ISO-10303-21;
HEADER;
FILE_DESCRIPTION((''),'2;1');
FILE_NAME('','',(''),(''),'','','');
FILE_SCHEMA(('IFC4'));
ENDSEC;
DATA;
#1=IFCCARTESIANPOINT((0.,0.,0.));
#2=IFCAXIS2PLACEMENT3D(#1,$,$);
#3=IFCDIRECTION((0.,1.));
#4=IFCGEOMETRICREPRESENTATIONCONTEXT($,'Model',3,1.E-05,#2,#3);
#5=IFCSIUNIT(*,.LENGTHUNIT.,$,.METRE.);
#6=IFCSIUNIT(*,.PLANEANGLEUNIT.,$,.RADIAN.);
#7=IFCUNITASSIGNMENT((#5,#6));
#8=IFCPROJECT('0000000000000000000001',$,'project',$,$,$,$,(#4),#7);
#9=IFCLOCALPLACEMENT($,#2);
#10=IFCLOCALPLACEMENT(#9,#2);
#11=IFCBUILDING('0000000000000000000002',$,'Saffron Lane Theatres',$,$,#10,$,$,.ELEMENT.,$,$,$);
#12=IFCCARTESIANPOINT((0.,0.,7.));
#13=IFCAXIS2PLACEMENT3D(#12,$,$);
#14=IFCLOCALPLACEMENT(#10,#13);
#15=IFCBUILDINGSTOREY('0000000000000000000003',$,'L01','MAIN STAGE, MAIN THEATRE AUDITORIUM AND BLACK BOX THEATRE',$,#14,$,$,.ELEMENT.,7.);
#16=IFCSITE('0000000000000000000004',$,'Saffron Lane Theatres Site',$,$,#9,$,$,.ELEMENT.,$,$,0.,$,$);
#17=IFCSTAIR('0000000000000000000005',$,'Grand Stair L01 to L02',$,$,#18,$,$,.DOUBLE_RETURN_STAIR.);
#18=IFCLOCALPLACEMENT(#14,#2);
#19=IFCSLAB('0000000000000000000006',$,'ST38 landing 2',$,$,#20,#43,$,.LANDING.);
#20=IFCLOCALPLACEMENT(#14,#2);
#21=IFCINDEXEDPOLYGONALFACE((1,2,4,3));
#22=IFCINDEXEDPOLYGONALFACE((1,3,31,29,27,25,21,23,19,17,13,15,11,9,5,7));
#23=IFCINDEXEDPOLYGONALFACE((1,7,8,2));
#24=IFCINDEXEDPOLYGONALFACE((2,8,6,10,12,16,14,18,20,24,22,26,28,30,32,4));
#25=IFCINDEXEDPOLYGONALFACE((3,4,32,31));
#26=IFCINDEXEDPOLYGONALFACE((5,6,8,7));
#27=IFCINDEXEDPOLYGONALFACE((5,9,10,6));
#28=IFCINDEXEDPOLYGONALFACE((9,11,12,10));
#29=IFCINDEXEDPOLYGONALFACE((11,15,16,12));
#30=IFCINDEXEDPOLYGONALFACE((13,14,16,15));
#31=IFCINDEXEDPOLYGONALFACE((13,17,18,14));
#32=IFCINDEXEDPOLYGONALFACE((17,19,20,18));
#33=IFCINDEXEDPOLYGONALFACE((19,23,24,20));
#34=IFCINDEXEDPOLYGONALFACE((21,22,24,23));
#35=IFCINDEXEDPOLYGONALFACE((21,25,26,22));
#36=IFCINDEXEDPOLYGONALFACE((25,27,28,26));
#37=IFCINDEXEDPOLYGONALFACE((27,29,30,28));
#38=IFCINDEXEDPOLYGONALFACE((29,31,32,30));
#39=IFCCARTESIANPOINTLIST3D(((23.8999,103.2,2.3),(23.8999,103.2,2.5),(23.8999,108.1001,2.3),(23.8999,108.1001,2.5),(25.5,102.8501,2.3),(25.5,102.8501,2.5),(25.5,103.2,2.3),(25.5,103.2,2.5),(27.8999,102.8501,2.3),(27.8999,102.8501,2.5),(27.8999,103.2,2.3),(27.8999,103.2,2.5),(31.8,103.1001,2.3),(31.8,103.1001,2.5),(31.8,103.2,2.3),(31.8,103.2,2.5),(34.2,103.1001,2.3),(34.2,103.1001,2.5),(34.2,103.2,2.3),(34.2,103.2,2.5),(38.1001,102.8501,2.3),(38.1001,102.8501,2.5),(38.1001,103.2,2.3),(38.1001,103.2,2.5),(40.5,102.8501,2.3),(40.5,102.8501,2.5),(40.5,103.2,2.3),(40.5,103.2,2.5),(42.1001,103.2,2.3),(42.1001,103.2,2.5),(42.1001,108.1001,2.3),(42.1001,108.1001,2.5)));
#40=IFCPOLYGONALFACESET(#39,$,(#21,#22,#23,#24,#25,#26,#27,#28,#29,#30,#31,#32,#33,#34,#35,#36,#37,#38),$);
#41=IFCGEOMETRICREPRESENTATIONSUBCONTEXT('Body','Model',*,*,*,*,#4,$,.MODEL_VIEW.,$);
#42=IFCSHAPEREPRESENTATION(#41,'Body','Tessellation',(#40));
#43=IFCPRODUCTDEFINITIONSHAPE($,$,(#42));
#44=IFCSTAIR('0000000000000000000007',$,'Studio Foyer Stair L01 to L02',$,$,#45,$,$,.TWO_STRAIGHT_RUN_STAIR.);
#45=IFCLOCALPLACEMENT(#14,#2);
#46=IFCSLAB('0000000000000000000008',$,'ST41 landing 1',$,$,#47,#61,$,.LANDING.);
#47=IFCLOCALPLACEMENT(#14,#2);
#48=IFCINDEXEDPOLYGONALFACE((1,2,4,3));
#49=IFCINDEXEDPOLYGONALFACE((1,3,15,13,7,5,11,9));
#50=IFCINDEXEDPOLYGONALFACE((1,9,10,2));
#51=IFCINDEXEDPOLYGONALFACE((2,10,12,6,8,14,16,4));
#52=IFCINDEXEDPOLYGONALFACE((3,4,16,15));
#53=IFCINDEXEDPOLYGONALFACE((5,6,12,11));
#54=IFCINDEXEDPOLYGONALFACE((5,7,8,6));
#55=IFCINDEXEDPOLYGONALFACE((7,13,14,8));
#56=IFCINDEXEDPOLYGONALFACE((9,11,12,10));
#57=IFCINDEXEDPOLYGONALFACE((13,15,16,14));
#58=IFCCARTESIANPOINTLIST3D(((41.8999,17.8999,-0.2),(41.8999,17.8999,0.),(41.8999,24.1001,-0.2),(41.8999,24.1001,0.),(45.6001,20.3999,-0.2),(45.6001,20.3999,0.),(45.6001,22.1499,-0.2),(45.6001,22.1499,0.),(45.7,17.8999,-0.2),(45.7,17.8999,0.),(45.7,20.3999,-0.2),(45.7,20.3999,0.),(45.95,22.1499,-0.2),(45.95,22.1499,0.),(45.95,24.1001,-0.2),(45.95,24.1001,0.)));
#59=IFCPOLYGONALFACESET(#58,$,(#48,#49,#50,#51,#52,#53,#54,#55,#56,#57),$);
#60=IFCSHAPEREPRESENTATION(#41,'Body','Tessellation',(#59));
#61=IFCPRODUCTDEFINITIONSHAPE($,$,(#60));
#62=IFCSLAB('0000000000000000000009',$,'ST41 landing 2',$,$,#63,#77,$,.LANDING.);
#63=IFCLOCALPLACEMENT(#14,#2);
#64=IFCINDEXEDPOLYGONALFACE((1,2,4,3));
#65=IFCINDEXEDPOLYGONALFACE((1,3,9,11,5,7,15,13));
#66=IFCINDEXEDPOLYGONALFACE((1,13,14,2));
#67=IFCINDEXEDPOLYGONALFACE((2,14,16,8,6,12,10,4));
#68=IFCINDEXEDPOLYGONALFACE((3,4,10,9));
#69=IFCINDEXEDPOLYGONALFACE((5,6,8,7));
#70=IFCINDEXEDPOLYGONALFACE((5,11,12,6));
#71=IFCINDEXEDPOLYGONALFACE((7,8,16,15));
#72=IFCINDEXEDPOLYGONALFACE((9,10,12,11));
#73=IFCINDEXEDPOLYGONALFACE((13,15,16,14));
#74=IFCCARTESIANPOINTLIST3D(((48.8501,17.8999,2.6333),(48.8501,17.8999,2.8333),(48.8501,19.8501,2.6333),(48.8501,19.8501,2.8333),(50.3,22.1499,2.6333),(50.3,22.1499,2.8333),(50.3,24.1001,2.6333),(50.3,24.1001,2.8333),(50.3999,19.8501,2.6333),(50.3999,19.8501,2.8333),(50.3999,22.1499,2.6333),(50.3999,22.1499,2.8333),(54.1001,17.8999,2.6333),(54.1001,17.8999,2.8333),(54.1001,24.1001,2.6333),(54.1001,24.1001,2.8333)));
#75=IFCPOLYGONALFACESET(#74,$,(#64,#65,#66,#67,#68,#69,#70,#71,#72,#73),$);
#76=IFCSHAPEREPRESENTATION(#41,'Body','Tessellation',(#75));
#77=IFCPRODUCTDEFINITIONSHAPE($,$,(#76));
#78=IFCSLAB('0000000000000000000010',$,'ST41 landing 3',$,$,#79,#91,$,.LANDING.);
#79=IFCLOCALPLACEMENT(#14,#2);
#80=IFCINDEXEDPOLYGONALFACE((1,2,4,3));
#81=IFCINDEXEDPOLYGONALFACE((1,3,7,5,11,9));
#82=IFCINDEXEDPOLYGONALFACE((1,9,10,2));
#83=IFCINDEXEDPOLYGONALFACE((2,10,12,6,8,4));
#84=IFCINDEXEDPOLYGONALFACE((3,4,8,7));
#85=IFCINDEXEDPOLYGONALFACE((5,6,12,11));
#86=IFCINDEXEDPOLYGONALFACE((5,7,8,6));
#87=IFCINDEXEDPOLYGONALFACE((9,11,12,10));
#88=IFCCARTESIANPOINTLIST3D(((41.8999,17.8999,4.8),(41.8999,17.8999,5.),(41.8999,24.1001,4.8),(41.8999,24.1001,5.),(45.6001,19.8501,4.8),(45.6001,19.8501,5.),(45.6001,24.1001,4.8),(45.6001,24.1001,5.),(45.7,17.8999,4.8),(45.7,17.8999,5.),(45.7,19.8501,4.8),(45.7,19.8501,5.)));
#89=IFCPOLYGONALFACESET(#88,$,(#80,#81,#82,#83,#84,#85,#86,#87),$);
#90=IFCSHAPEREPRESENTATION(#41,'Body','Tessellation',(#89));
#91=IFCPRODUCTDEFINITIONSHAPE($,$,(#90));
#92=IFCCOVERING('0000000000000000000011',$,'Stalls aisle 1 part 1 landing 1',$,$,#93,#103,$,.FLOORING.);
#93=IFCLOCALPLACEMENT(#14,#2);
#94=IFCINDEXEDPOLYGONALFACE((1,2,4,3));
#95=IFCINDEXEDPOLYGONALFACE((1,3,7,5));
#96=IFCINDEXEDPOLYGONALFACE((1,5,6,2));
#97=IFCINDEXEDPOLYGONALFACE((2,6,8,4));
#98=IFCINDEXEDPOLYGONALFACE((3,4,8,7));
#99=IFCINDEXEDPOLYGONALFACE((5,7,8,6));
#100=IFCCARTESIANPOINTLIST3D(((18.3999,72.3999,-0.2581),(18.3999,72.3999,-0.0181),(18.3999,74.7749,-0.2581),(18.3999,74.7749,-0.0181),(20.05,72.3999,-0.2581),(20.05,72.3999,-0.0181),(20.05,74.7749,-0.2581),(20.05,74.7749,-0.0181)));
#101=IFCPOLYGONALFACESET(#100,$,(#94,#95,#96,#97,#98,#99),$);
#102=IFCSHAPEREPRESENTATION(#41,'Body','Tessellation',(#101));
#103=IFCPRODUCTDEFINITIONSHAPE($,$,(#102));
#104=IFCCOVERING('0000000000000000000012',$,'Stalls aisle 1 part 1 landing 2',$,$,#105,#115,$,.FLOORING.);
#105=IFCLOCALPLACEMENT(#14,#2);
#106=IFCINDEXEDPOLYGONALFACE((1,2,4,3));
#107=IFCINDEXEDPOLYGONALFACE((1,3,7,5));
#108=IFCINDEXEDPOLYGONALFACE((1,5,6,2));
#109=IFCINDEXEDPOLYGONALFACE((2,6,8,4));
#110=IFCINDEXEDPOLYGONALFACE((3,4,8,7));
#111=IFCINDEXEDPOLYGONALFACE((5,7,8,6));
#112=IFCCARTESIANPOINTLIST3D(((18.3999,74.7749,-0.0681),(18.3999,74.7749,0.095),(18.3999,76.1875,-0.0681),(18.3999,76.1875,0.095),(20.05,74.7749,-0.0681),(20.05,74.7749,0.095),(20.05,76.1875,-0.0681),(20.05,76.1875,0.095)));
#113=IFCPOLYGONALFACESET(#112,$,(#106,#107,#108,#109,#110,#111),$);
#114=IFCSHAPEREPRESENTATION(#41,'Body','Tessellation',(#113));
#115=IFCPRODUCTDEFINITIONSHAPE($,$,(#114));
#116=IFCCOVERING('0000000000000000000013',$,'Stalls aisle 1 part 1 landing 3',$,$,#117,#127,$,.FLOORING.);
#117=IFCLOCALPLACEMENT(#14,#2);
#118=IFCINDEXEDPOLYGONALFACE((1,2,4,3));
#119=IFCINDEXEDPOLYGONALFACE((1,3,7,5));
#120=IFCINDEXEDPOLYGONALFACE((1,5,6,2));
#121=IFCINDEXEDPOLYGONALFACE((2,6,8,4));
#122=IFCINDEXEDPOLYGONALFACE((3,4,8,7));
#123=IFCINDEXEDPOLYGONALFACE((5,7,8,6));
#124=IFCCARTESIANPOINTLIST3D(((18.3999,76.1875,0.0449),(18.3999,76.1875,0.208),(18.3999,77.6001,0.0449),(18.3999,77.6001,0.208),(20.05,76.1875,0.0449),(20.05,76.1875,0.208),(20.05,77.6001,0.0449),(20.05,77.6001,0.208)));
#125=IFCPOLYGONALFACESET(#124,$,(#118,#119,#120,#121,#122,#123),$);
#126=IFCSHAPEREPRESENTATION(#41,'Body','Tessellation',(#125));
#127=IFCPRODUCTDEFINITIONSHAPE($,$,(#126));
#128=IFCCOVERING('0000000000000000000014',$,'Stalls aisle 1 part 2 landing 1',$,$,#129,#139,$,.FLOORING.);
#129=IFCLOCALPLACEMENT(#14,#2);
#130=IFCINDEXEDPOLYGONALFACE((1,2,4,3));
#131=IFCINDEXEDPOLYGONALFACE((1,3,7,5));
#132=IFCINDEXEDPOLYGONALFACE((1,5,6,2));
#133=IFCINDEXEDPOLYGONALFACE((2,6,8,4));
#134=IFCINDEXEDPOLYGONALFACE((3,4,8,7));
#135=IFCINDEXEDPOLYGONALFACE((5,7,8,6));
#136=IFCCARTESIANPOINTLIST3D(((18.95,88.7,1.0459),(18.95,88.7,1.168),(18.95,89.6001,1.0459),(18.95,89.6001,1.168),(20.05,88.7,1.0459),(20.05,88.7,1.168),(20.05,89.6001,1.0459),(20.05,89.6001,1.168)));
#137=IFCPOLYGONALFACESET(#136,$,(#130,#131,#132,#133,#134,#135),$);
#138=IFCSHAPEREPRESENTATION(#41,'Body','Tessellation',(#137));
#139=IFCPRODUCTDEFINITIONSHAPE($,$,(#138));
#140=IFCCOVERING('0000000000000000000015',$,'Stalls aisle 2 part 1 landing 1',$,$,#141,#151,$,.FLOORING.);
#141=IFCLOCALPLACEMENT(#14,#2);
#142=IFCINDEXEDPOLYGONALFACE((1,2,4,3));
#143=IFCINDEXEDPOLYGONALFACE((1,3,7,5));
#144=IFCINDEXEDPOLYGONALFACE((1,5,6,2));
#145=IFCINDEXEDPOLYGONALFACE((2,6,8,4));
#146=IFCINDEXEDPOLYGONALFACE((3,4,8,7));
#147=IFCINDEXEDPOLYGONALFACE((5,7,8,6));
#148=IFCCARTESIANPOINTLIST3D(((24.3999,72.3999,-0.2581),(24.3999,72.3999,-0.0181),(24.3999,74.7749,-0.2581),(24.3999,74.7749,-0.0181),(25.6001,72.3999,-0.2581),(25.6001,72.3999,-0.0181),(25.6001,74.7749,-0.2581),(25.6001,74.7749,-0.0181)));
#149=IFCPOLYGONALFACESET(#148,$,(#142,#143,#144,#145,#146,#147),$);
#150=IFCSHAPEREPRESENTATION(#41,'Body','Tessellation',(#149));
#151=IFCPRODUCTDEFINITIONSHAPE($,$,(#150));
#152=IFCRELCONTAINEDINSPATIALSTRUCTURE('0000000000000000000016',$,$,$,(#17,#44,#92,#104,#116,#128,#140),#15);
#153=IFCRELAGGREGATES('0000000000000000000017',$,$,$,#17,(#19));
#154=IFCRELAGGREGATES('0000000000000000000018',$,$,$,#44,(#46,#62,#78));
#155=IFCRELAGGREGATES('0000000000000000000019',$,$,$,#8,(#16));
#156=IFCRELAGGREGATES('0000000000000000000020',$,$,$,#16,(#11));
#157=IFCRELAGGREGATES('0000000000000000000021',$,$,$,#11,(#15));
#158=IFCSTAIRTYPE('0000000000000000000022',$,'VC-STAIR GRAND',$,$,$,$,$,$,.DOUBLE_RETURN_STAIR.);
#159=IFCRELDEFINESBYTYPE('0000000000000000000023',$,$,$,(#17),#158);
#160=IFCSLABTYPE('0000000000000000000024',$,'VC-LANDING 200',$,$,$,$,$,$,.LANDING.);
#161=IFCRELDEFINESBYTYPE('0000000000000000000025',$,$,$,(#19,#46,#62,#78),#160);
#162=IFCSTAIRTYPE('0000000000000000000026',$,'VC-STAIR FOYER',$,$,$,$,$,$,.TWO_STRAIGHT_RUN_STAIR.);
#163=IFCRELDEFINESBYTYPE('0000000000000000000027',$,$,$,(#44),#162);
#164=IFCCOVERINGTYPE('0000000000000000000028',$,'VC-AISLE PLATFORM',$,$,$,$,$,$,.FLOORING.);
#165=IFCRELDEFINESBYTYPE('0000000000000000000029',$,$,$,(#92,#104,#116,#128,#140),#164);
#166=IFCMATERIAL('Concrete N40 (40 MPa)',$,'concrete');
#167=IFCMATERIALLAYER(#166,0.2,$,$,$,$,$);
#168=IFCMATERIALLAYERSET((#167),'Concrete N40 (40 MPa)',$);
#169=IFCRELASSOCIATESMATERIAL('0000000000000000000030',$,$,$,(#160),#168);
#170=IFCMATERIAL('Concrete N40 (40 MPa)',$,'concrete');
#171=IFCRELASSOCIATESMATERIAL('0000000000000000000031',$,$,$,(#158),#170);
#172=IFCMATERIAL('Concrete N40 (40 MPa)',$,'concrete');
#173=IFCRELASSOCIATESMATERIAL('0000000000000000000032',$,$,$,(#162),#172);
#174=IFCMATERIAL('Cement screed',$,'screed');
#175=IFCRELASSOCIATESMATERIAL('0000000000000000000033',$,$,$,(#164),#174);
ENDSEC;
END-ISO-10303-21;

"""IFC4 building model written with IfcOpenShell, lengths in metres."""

from ifc_helpers import new_model, si_unit, direction, frame, origin, place, context, subcontext, project, spatial, polyline, outline, extrude, material, layer, layer_set, type_object, element, aggregate, save


model = new_model("IFC4")

# Units and contexts
model_context = context("Model", 3, precision=1e-05, world=origin(), true_north=direction((0.0, 1.0)))
body_context = subcontext(model_context, "Body", "Model", "MODEL_VIEW")
ifc_project = project(units=[si_unit("LENGTHUNIT", "METRE"), si_unit("PLANEANGLEUNIT", "RADIAN")], contexts=[model_context])

# Site, building, storey
site_placement = place(None, origin())
site = spatial("IfcSite", under=ifc_project, at=site_placement, Name="Saffron Lane Theatres Site", CompositionType="ELEMENT", RefElevation=0.0)
building_placement = place(site_placement, origin())
building = spatial("IfcBuilding", under=site, at=building_placement, Name="Saffron Lane Theatres", CompositionType="ELEMENT")
storey_placement = place(building_placement, frame((0.0, 0.0, 7.0)))
storey = spatial("IfcBuildingStorey", under=building, at=storey_placement, Name="L01", Description="MAIN STAGE, MAIN THEATRE AUDITORIUM AND BLACK BOX THEATRE", CompositionType="ELEMENT", Elevation=7.0)

# Stairs, slabs
ifc_material_1 = material(Name="Concrete N40 (40 MPa)", Category="concrete")
ifc_layer = layer(ifc_material_1, 0.2)
ifc_layer_set = layer_set([ifc_layer], Name="Concrete N40 (40 MPa)")
slab_type = type_object("IfcSlabType", Name="VC-LANDING 200", PredefinedType="LANDING", material=ifc_layer_set)
ifc_material_2 = material(Name="Concrete N40 (40 MPa)", Category="concrete")
stair_type_1 = type_object("IfcStairType", Name="VC-STAIR GRAND", PredefinedType="DOUBLE_RETURN_STAIR", material=ifc_material_2)
stair_1_placement = place(storey_placement, origin())
stair_1 = element("IfcStair", 1, at=stair_1_placement, inside=storey, type_object=stair_type_1, Name="Grand Stair L01 to L02", PredefinedType="DOUBLE_RETURN_STAIR")
slab_1_placement = place(storey_placement, frame((0.0, 0.0, 2.3)))
slab_1 = element("IfcSlab", 2, at=slab_1_placement, type_object=slab_type, Name="ST38 landing 2", PredefinedType="LANDING", context=body_context, shape_type="SweptSolid", body=[
    extrude(outline(polyline([(25.5, 103.2), (23.8999, 103.2), (23.8999, 108.1001), (42.1001, 108.1001), (42.1001, 103.2), (40.5, 103.2), (40.5, 102.8501), (38.1001, 102.8501), (38.1001, 103.2), (34.2, 103.2), (34.2, 103.1001), (31.8, 103.1001), (31.8, 103.2), (27.8999, 103.2), (27.8999, 102.8501), (25.5, 102.8501), (25.5, 103.2)])), origin(), (0.0, 0.0, 1.0), 0.2),
])
aggregate(stair_1, [slab_1])
ifc_material_3 = material(Name="Concrete N40 (40 MPa)", Category="concrete")
stair_type_2 = type_object("IfcStairType", Name="VC-STAIR FOYER", PredefinedType="TWO_STRAIGHT_RUN_STAIR", material=ifc_material_3)
stair_2_placement = place(storey_placement, origin())
stair_2 = element("IfcStair", 3, at=stair_2_placement, inside=storey, type_object=stair_type_2, Name="Studio Foyer Stair L01 to L02", PredefinedType="TWO_STRAIGHT_RUN_STAIR")
slab_2_placement = place(storey_placement, frame((0.0, 0.0, -0.2)))
slab_2 = element("IfcSlab", 4, at=slab_2_placement, type_object=slab_type, Name="ST41 landing 1", PredefinedType="LANDING", context=body_context, shape_type="SweptSolid", body=[
    extrude(outline(polyline([(41.8999, 17.8999), (41.8999, 24.1001), (45.95, 24.1001), (45.95, 22.1499), (45.6001, 22.1499), (45.6001, 20.3999), (45.7, 20.3999), (45.7, 17.8999), (41.8999, 17.8999)])), origin(), (0.0, 0.0, 1.0), 0.2),
])
slab_3_placement = place(storey_placement, frame((0.0, 0.0, 2.6333)))
slab_3 = element("IfcSlab", 5, at=slab_3_placement, type_object=slab_type, Name="ST41 landing 2", PredefinedType="LANDING", context=body_context, shape_type="SweptSolid", body=[
    extrude(outline(polyline([(48.8501, 19.8501), (50.3999, 19.8501), (50.3999, 22.1499), (50.3, 22.1499), (50.3, 24.1001), (54.1001, 24.1001), (54.1001, 17.8999), (48.8501, 17.8999), (48.8501, 19.8501)])), origin(), (0.0, 0.0, 1.0), 0.2),
])
slab_4_placement = place(storey_placement, frame((0.0, 0.0, 4.8)))
slab_4 = element("IfcSlab", 6, at=slab_4_placement, type_object=slab_type, Name="ST41 landing 3", PredefinedType="LANDING", context=body_context, shape_type="SweptSolid", body=[
    extrude(outline(polyline([(41.8999, 17.8999), (41.8999, 24.1001), (45.6001, 24.1001), (45.6001, 19.8501), (45.7, 19.8501), (45.7, 17.8999), (41.8999, 17.8999)])), origin(), (0.0, 0.0, 1.0), 0.2),
])
aggregate(stair_2, [slab_2, slab_3, slab_4])

# Coverings
ifc_material_4 = material(Name="Cement screed", Category="screed")
covering_type = type_object("IfcCoveringType", Name="VC-AISLE PLATFORM", PredefinedType="FLOORING", material=ifc_material_4)
covering_1_placement = place(storey_placement, frame((0.0, 0.0, -0.2581)))
element("IfcCovering", 7, at=covering_1_placement, inside=storey, type_object=covering_type, Name="Stalls aisle 1 part 1 landing 1", PredefinedType="FLOORING", context=body_context, shape_type="SweptSolid", body=[
    extrude(outline(polyline([(18.3999, 72.3999), (20.05, 72.3999), (20.05, 74.7749), (18.3999, 74.7749), (18.3999, 72.3999)])), origin(), (0.0, 0.0, 1.0), 0.24),
])
covering_2_placement = place(storey_placement, frame((0.0, 0.0, -0.0681)))
element("IfcCovering", 8, at=covering_2_placement, inside=storey, type_object=covering_type, Name="Stalls aisle 1 part 1 landing 2", PredefinedType="FLOORING", context=body_context, shape_type="SweptSolid", body=[
    extrude(outline(polyline([(18.3999, 74.7749), (20.05, 74.7749), (20.05, 76.1875), (18.3999, 76.1875), (18.3999, 74.7749)])), origin(), (0.0, 0.0, 1.0), 0.1631),
])
covering_3_placement = place(storey_placement, frame((0.0, 0.0, 0.0449)))
element("IfcCovering", 9, at=covering_3_placement, inside=storey, type_object=covering_type, Name="Stalls aisle 1 part 1 landing 3", PredefinedType="FLOORING", context=body_context, shape_type="SweptSolid", body=[
    extrude(outline(polyline([(18.3999, 76.1875), (20.05, 76.1875), (20.05, 77.6001), (18.3999, 77.6001), (18.3999, 76.1875)])), origin(), (0.0, 0.0, 1.0), 0.1631),
])
covering_4_placement = place(storey_placement, frame((0.0, 0.0, 1.0459)))
element("IfcCovering", 10, at=covering_4_placement, inside=storey, type_object=covering_type, Name="Stalls aisle 1 part 2 landing 1", PredefinedType="FLOORING", context=body_context, shape_type="SweptSolid", body=[
    extrude(outline(polyline([(18.95, 88.7), (20.05, 88.7), (20.05, 89.6001), (18.95, 89.6001), (18.95, 88.7)])), origin(), (0.0, 0.0, 1.0), 0.1221),
])
covering_5_placement = place(storey_placement, frame((0.0, 0.0, -0.2581)))
element("IfcCovering", 11, at=covering_5_placement, inside=storey, type_object=covering_type, Name="Stalls aisle 2 part 1 landing 1", PredefinedType="FLOORING", context=body_context, shape_type="SweptSolid", body=[
    extrude(outline(polyline([(24.3999, 72.3999), (25.6001, 72.3999), (25.6001, 74.7749), (24.3999, 74.7749), (24.3999, 72.3999)])), origin(), (0.0, 0.0, 1.0), 0.24),
])

save(model, "model.ifc")
